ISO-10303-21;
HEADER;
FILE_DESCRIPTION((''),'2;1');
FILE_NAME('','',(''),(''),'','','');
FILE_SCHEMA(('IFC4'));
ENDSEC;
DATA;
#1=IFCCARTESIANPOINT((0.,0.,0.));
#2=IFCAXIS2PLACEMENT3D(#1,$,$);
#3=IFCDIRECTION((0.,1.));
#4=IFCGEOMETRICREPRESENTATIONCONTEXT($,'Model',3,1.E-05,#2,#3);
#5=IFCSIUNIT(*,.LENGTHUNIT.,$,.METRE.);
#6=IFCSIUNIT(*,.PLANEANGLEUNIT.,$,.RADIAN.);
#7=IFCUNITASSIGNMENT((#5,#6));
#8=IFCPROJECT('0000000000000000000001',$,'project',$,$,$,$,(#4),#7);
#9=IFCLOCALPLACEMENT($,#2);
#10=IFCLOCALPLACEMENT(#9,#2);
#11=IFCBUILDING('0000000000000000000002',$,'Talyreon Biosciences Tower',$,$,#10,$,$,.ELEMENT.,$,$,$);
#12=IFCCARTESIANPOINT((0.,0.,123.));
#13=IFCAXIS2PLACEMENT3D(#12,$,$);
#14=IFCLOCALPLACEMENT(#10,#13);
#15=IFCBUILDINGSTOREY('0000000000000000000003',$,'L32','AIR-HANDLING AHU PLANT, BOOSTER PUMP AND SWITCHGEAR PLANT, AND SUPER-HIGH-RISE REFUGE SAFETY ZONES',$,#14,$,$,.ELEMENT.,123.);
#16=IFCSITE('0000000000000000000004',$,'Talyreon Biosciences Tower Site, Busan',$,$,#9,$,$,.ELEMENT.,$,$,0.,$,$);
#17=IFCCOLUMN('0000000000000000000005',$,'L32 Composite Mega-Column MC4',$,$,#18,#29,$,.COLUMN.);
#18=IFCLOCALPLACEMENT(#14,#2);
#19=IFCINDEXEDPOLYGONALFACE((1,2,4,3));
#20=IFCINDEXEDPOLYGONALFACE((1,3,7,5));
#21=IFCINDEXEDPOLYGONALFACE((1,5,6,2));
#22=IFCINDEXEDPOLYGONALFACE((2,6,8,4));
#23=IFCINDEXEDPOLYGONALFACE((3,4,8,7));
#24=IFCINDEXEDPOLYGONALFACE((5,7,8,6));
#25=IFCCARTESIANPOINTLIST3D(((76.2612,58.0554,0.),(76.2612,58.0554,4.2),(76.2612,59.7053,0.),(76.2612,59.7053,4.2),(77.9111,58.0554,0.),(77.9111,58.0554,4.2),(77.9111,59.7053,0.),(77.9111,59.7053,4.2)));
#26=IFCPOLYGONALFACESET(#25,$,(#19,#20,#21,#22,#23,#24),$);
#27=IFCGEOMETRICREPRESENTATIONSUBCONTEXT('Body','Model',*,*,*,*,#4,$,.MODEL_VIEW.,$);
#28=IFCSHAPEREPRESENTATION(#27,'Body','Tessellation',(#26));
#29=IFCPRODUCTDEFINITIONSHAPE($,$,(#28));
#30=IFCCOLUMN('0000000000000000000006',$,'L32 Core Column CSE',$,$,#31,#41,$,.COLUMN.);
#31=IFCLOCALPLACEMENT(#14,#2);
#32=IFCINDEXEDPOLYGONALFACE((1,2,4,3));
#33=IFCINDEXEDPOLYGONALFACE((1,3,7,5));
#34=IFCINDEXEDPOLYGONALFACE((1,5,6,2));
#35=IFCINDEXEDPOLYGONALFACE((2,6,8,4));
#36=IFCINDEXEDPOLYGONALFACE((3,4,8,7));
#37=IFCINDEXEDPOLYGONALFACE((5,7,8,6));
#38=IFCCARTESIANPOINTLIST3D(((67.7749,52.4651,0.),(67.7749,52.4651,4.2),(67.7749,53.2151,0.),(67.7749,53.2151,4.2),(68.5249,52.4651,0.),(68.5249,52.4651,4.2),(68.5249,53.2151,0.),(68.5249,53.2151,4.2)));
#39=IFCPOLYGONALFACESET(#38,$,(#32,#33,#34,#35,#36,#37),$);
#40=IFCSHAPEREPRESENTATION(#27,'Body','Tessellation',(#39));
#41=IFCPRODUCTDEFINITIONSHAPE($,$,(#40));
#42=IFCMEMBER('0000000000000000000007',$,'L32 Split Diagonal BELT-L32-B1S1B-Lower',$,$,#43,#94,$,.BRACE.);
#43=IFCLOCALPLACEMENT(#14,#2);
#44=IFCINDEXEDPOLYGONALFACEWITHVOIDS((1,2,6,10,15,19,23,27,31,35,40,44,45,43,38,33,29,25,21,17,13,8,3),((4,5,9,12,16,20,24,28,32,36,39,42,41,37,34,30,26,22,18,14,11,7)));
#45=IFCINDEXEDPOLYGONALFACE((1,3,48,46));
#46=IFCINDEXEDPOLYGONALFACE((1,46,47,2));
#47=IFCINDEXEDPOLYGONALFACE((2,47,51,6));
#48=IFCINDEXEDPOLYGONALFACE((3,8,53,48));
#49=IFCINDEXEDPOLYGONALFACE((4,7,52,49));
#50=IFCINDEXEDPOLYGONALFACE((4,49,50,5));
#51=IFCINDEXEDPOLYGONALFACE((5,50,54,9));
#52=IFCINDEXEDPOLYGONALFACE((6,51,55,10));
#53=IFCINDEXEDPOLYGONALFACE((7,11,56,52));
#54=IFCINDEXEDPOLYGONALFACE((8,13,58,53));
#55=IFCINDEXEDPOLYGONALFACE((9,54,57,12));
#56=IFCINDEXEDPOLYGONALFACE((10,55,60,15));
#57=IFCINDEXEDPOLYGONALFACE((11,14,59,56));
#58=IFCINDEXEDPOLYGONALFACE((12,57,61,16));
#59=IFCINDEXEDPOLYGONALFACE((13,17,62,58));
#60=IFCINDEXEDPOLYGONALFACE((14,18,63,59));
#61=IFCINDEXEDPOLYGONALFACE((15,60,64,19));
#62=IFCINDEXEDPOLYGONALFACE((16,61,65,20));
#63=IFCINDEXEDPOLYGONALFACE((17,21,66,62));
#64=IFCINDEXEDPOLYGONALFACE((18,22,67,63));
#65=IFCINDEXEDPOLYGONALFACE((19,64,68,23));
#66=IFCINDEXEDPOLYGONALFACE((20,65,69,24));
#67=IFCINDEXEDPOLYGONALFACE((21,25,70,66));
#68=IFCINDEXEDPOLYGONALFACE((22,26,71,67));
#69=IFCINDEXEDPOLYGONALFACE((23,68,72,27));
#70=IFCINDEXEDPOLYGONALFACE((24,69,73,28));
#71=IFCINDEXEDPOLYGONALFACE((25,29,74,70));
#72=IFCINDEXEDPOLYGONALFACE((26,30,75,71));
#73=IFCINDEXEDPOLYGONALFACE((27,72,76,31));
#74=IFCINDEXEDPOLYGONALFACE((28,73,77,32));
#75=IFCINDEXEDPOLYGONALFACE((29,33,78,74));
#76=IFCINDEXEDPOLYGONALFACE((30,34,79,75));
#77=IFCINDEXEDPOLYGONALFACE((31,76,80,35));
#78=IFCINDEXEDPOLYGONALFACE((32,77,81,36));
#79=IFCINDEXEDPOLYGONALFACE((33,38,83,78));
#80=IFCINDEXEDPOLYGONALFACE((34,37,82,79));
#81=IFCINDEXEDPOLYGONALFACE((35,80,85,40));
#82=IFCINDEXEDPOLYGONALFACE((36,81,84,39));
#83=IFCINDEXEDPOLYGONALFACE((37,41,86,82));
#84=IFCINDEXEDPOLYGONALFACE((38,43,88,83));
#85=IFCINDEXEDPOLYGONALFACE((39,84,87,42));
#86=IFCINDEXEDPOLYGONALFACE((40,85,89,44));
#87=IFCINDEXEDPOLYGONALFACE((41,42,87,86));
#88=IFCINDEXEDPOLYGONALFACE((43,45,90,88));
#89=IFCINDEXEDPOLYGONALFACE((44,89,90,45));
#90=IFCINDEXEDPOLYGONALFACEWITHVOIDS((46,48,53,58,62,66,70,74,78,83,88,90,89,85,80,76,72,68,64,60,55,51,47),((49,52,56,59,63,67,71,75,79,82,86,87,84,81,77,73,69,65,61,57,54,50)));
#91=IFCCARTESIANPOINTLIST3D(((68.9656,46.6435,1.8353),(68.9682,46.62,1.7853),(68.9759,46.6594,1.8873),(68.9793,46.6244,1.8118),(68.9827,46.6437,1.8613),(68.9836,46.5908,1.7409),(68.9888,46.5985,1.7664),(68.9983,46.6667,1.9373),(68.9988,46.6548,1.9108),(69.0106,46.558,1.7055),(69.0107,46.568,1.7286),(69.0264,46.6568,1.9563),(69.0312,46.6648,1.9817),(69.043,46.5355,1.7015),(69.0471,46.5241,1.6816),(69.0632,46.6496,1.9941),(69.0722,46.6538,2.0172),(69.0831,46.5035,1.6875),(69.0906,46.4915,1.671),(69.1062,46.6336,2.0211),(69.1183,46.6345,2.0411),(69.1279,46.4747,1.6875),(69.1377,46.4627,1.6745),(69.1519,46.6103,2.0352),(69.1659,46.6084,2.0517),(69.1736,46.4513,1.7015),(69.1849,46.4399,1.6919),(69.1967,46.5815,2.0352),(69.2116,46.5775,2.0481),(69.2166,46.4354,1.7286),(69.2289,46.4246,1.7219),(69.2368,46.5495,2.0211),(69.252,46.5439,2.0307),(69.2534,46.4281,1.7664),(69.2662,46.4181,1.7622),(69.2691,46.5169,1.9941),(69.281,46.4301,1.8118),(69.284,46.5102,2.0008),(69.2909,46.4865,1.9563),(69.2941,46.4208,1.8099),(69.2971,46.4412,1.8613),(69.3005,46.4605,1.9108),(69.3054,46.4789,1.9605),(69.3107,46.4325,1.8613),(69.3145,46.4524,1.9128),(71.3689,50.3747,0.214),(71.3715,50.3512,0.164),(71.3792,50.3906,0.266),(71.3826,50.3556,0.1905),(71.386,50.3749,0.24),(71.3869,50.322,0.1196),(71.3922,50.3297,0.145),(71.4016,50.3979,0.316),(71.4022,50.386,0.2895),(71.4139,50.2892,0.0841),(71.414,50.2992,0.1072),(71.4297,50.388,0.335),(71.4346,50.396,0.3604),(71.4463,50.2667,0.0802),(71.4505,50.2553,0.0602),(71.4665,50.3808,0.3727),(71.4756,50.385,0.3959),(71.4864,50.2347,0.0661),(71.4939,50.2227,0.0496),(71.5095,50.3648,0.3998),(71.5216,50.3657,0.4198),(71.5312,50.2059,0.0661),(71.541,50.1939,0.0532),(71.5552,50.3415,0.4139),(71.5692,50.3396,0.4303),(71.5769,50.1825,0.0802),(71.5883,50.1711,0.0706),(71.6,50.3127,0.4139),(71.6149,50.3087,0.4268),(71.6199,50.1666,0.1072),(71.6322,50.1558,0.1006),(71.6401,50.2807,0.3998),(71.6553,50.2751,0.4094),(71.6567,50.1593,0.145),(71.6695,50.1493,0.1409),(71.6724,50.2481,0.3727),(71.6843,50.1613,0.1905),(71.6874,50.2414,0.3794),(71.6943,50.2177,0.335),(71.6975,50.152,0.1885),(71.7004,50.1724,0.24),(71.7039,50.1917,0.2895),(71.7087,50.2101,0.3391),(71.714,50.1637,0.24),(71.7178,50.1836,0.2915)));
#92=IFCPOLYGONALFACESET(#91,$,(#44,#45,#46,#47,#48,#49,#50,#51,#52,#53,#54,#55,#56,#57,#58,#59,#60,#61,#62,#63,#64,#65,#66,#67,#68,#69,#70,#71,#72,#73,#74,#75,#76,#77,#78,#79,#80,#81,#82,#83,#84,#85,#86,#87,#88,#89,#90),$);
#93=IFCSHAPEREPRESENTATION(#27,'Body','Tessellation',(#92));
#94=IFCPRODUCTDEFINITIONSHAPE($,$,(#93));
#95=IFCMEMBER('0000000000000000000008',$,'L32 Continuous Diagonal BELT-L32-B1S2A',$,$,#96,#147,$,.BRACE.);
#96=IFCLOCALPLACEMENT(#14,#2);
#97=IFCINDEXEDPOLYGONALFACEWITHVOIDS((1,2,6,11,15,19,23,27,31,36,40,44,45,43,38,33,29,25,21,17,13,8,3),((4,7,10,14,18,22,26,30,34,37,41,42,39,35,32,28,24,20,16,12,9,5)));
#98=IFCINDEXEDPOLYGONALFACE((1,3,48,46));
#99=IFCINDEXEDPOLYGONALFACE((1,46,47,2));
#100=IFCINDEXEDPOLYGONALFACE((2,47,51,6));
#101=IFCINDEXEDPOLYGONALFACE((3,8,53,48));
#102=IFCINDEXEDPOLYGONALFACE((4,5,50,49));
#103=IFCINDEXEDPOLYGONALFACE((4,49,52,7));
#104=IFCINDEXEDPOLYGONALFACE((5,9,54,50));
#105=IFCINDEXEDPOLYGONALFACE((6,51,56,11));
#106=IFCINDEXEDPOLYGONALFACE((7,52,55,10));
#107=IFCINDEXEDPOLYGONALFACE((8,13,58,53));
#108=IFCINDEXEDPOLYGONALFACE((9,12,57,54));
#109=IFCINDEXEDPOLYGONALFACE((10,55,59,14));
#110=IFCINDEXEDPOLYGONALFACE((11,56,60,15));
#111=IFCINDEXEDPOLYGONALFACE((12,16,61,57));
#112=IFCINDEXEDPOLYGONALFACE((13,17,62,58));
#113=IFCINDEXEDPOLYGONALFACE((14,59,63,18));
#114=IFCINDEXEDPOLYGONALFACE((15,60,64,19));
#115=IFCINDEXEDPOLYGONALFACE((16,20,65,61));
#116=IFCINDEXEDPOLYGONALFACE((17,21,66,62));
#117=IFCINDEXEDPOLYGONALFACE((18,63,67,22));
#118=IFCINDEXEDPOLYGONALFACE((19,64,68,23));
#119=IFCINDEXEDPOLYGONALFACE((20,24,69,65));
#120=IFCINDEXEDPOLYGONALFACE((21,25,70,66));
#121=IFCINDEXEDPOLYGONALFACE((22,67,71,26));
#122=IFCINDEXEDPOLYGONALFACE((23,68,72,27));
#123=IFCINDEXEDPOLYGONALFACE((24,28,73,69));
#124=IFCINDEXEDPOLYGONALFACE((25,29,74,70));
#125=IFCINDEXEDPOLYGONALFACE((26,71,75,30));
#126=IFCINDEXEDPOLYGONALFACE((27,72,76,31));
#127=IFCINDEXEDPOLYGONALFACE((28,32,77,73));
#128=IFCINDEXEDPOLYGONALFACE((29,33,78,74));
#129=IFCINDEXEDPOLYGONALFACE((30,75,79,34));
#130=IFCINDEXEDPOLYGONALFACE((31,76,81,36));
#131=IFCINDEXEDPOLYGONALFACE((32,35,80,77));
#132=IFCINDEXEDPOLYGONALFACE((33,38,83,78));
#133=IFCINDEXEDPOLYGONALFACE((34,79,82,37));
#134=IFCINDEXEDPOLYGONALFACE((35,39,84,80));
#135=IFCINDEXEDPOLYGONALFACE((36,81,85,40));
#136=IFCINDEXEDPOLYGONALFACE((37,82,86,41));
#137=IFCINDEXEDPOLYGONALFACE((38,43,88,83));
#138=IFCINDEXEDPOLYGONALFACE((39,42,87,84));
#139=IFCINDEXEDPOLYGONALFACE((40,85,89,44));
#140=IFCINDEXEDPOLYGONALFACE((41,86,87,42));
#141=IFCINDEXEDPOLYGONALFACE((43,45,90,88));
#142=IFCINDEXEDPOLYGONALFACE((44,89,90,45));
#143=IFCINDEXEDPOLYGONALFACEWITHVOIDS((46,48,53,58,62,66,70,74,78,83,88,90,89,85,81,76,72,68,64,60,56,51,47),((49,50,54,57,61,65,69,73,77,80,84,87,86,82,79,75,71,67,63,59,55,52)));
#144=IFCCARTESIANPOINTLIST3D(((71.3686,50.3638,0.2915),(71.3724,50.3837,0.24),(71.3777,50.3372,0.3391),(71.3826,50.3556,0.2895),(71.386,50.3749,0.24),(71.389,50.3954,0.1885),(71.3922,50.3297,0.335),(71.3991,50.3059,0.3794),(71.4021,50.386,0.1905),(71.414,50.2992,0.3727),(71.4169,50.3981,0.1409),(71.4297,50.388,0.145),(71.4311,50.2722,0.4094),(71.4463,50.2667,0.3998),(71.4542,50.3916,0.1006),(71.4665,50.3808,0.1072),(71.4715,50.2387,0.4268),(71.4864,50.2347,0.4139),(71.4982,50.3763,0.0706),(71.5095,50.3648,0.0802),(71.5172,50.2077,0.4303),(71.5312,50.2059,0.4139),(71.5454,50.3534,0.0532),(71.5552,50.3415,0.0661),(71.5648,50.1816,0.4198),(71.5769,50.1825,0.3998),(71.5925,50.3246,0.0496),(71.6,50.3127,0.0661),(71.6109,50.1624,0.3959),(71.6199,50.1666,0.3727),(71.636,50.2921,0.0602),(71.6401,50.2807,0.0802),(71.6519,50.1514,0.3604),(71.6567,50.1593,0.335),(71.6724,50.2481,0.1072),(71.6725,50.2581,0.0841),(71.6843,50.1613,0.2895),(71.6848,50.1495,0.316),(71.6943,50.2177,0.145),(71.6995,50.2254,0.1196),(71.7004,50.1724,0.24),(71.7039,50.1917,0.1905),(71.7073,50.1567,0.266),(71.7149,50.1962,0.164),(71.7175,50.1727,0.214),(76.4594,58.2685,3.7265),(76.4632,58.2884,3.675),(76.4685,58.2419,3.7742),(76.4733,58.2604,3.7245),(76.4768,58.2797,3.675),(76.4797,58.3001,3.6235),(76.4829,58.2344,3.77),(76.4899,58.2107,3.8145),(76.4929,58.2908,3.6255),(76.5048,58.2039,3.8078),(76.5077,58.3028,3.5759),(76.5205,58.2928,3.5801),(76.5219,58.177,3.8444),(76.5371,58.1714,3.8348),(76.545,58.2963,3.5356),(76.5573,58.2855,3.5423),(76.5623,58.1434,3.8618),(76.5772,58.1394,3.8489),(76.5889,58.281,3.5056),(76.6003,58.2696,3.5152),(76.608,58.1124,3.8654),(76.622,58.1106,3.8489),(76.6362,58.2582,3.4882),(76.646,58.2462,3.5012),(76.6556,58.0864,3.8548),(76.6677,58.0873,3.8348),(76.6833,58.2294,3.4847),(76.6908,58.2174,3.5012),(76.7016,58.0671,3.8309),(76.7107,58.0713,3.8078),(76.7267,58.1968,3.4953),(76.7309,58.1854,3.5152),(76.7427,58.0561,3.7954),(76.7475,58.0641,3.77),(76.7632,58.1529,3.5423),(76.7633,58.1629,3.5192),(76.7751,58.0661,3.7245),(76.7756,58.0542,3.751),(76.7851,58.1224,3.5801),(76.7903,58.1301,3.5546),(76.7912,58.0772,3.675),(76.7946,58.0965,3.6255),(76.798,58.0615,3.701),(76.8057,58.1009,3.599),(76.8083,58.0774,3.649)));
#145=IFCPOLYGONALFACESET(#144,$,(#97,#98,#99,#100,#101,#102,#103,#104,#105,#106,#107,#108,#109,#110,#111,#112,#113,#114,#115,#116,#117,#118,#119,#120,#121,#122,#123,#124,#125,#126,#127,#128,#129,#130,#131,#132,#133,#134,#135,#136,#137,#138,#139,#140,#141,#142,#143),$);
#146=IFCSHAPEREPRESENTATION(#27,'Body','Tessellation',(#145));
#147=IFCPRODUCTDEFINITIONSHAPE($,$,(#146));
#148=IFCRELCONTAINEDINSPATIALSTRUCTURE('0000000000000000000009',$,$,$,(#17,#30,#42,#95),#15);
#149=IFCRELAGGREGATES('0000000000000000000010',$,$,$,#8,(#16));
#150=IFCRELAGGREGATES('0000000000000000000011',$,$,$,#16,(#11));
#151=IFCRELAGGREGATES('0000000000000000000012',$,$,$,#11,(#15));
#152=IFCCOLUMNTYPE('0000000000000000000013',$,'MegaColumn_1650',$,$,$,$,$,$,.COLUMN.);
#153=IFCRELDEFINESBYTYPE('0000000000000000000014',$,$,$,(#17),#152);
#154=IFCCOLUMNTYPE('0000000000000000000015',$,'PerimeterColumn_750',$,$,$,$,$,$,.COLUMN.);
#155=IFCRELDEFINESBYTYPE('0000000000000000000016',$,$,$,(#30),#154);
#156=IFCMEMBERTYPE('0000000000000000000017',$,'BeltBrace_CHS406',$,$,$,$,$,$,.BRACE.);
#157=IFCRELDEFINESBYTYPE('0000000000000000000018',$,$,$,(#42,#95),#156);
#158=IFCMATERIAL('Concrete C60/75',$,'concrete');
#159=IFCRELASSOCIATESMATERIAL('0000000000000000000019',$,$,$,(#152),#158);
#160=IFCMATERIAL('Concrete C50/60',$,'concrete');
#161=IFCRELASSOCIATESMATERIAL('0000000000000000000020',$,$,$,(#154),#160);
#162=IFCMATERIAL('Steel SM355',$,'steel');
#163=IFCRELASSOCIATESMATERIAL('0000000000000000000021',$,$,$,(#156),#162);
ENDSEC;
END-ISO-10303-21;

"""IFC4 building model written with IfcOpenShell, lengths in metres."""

from ifc_helpers import new_model, si_unit, direction, frame, origin, origin_2d, place, context, subcontext, project, spatial, rectangle, hollow_circle, extrude, material, material_profile, profile_set, type_object, element, save


model = new_model("IFC4")

# Units and contexts
model_context = context("Model", 3, precision=1e-05, world=origin(), true_north=direction((0.0, 1.0)))
body_context = subcontext(model_context, "Body", "Model", "MODEL_VIEW")
ifc_project = project(units=[si_unit("LENGTHUNIT", "METRE"), si_unit("PLANEANGLEUNIT", "RADIAN")], contexts=[model_context])

# Site, building, storey
site_placement = place(None, origin())
site = spatial("IfcSite", under=ifc_project, at=site_placement, Name="Talyreon Biosciences Tower Site, Busan", CompositionType="ELEMENT", RefElevation=0.0)
building_placement = place(site_placement, origin())
building = spatial("IfcBuilding", under=site, at=building_placement, Name="Talyreon Biosciences Tower", CompositionType="ELEMENT")
storey_placement = place(building_placement, frame((0.0, 0.0, 123.0)))
storey = spatial("IfcBuildingStorey", under=building, at=storey_placement, Name="L32", Description="AIR-HANDLING AHU PLANT, BOOSTER PUMP AND SWITCHGEAR PLANT, AND SUPER-HIGH-RISE REFUGE SAFETY ZONES", CompositionType="ELEMENT", Elevation=123.0)

# Columns
ifc_material_1 = material(Name="Concrete C60/75", Category="concrete")
ifc_material_profile_1 = material_profile(ifc_material_1, rectangle(XDim=1.6499, YDim=1.6499, at=origin_2d()), Name="RC 1650x1650")
ifc_profile_set_1 = profile_set([ifc_material_profile_1], Name="Concrete C60/75")
column_type_1 = type_object("IfcColumnType", Name="MegaColumn_1650", PredefinedType="COLUMN", material=ifc_profile_set_1)
column_1_placement = place(storey_placement, frame((77.0862, 58.8804, 0.0), z_axis=(0.0, 0.0, 1.0), x_axis=(1.0, 0.0, 0.0)))
element("IfcColumn", 1, at=column_1_placement, inside=storey, type_object=column_type_1, Name="L32 Composite Mega-Column MC4", PredefinedType="COLUMN", context=body_context, shape_type="SweptSolid", body=[
    extrude(rectangle(XDim=1.6499, YDim=1.6499, at=origin_2d()), origin(), (0.0, 0.0, 1.0), 4.2),
])
ifc_material_2 = material(Name="Concrete C50/60", Category="concrete")
ifc_material_profile_2 = material_profile(ifc_material_2, rectangle(XDim=0.75, YDim=0.75, at=origin_2d()), Name="RC 750x750")
ifc_profile_set_2 = profile_set([ifc_material_profile_2], Name="Concrete C50/60")
column_type_2 = type_object("IfcColumnType", Name="PerimeterColumn_750", PredefinedType="COLUMN", material=ifc_profile_set_2)
column_2_placement = place(storey_placement, frame((68.1499, 52.8401, 0.0), z_axis=(0.0, 0.0, 1.0), x_axis=(1.0, 0.0, 0.0)))
element("IfcColumn", 2, at=column_2_placement, inside=storey, type_object=column_type_2, Name="L32 Core Column CSE", PredefinedType="COLUMN", context=body_context, shape_type="SweptSolid", body=[
    extrude(rectangle(XDim=0.75, YDim=0.75, at=origin_2d()), origin(), (0.0, 0.0, 1.0), 4.2),
])

# Members
ifc_material_3 = material(Name="Steel SM355", Category="steel")
ifc_material_profile_3 = material_profile(ifc_material_3, hollow_circle(Radius=0.2031, WallThickness=0.0161, at=origin_2d()), Name="CHS 406.4x16")
ifc_profile_set_3 = profile_set([ifc_material_profile_3], Name="Steel SM355")
member_type_1 = type_object("IfcMemberType", Name="BeltBrace_CHS406", PredefinedType="BRACE", material=ifc_profile_set_3)
member_1_placement = place(storey_placement, frame((71.5432, 50.2737, 0.24), z_axis=(-0.508629, -0.789656, 0.343133), x_axis=(0.840697, -0.541505, 0.0)))
element("IfcMember", 3, at=member_1_placement, inside=storey, type_object=member_type_1, Name="L32 Split Diagonal BELT-L32-B1S1B-Lower", PredefinedType="BRACE", context=body_context, shape_type="SweptSolid", body=[
    extrude(hollow_circle(Radius=0.2031, WallThickness=0.0161, at=origin_2d()), origin(), (0.0, 0.0, 1.0), 4.7251),
])
member_2_placement = place(storey_placement, frame((71.5432, 50.2737, 0.24), z_axis=(0.508569, 0.789682, 0.34316), x_axis=(-0.840734, 0.541448, 0.0)))
element("IfcMember", 4, at=member_2_placement, inside=storey, type_object=member_type_1, Name="L32 Continuous Diagonal BELT-L32-B1S2A", PredefinedType="BRACE", context=body_context, shape_type="SweptSolid", body=[
    extrude(hollow_circle(Radius=0.2031, WallThickness=0.0161, at=origin_2d()), origin(), (0.0, 0.0, 1.0), 10.01),
])

save(model, "model.ifc")
